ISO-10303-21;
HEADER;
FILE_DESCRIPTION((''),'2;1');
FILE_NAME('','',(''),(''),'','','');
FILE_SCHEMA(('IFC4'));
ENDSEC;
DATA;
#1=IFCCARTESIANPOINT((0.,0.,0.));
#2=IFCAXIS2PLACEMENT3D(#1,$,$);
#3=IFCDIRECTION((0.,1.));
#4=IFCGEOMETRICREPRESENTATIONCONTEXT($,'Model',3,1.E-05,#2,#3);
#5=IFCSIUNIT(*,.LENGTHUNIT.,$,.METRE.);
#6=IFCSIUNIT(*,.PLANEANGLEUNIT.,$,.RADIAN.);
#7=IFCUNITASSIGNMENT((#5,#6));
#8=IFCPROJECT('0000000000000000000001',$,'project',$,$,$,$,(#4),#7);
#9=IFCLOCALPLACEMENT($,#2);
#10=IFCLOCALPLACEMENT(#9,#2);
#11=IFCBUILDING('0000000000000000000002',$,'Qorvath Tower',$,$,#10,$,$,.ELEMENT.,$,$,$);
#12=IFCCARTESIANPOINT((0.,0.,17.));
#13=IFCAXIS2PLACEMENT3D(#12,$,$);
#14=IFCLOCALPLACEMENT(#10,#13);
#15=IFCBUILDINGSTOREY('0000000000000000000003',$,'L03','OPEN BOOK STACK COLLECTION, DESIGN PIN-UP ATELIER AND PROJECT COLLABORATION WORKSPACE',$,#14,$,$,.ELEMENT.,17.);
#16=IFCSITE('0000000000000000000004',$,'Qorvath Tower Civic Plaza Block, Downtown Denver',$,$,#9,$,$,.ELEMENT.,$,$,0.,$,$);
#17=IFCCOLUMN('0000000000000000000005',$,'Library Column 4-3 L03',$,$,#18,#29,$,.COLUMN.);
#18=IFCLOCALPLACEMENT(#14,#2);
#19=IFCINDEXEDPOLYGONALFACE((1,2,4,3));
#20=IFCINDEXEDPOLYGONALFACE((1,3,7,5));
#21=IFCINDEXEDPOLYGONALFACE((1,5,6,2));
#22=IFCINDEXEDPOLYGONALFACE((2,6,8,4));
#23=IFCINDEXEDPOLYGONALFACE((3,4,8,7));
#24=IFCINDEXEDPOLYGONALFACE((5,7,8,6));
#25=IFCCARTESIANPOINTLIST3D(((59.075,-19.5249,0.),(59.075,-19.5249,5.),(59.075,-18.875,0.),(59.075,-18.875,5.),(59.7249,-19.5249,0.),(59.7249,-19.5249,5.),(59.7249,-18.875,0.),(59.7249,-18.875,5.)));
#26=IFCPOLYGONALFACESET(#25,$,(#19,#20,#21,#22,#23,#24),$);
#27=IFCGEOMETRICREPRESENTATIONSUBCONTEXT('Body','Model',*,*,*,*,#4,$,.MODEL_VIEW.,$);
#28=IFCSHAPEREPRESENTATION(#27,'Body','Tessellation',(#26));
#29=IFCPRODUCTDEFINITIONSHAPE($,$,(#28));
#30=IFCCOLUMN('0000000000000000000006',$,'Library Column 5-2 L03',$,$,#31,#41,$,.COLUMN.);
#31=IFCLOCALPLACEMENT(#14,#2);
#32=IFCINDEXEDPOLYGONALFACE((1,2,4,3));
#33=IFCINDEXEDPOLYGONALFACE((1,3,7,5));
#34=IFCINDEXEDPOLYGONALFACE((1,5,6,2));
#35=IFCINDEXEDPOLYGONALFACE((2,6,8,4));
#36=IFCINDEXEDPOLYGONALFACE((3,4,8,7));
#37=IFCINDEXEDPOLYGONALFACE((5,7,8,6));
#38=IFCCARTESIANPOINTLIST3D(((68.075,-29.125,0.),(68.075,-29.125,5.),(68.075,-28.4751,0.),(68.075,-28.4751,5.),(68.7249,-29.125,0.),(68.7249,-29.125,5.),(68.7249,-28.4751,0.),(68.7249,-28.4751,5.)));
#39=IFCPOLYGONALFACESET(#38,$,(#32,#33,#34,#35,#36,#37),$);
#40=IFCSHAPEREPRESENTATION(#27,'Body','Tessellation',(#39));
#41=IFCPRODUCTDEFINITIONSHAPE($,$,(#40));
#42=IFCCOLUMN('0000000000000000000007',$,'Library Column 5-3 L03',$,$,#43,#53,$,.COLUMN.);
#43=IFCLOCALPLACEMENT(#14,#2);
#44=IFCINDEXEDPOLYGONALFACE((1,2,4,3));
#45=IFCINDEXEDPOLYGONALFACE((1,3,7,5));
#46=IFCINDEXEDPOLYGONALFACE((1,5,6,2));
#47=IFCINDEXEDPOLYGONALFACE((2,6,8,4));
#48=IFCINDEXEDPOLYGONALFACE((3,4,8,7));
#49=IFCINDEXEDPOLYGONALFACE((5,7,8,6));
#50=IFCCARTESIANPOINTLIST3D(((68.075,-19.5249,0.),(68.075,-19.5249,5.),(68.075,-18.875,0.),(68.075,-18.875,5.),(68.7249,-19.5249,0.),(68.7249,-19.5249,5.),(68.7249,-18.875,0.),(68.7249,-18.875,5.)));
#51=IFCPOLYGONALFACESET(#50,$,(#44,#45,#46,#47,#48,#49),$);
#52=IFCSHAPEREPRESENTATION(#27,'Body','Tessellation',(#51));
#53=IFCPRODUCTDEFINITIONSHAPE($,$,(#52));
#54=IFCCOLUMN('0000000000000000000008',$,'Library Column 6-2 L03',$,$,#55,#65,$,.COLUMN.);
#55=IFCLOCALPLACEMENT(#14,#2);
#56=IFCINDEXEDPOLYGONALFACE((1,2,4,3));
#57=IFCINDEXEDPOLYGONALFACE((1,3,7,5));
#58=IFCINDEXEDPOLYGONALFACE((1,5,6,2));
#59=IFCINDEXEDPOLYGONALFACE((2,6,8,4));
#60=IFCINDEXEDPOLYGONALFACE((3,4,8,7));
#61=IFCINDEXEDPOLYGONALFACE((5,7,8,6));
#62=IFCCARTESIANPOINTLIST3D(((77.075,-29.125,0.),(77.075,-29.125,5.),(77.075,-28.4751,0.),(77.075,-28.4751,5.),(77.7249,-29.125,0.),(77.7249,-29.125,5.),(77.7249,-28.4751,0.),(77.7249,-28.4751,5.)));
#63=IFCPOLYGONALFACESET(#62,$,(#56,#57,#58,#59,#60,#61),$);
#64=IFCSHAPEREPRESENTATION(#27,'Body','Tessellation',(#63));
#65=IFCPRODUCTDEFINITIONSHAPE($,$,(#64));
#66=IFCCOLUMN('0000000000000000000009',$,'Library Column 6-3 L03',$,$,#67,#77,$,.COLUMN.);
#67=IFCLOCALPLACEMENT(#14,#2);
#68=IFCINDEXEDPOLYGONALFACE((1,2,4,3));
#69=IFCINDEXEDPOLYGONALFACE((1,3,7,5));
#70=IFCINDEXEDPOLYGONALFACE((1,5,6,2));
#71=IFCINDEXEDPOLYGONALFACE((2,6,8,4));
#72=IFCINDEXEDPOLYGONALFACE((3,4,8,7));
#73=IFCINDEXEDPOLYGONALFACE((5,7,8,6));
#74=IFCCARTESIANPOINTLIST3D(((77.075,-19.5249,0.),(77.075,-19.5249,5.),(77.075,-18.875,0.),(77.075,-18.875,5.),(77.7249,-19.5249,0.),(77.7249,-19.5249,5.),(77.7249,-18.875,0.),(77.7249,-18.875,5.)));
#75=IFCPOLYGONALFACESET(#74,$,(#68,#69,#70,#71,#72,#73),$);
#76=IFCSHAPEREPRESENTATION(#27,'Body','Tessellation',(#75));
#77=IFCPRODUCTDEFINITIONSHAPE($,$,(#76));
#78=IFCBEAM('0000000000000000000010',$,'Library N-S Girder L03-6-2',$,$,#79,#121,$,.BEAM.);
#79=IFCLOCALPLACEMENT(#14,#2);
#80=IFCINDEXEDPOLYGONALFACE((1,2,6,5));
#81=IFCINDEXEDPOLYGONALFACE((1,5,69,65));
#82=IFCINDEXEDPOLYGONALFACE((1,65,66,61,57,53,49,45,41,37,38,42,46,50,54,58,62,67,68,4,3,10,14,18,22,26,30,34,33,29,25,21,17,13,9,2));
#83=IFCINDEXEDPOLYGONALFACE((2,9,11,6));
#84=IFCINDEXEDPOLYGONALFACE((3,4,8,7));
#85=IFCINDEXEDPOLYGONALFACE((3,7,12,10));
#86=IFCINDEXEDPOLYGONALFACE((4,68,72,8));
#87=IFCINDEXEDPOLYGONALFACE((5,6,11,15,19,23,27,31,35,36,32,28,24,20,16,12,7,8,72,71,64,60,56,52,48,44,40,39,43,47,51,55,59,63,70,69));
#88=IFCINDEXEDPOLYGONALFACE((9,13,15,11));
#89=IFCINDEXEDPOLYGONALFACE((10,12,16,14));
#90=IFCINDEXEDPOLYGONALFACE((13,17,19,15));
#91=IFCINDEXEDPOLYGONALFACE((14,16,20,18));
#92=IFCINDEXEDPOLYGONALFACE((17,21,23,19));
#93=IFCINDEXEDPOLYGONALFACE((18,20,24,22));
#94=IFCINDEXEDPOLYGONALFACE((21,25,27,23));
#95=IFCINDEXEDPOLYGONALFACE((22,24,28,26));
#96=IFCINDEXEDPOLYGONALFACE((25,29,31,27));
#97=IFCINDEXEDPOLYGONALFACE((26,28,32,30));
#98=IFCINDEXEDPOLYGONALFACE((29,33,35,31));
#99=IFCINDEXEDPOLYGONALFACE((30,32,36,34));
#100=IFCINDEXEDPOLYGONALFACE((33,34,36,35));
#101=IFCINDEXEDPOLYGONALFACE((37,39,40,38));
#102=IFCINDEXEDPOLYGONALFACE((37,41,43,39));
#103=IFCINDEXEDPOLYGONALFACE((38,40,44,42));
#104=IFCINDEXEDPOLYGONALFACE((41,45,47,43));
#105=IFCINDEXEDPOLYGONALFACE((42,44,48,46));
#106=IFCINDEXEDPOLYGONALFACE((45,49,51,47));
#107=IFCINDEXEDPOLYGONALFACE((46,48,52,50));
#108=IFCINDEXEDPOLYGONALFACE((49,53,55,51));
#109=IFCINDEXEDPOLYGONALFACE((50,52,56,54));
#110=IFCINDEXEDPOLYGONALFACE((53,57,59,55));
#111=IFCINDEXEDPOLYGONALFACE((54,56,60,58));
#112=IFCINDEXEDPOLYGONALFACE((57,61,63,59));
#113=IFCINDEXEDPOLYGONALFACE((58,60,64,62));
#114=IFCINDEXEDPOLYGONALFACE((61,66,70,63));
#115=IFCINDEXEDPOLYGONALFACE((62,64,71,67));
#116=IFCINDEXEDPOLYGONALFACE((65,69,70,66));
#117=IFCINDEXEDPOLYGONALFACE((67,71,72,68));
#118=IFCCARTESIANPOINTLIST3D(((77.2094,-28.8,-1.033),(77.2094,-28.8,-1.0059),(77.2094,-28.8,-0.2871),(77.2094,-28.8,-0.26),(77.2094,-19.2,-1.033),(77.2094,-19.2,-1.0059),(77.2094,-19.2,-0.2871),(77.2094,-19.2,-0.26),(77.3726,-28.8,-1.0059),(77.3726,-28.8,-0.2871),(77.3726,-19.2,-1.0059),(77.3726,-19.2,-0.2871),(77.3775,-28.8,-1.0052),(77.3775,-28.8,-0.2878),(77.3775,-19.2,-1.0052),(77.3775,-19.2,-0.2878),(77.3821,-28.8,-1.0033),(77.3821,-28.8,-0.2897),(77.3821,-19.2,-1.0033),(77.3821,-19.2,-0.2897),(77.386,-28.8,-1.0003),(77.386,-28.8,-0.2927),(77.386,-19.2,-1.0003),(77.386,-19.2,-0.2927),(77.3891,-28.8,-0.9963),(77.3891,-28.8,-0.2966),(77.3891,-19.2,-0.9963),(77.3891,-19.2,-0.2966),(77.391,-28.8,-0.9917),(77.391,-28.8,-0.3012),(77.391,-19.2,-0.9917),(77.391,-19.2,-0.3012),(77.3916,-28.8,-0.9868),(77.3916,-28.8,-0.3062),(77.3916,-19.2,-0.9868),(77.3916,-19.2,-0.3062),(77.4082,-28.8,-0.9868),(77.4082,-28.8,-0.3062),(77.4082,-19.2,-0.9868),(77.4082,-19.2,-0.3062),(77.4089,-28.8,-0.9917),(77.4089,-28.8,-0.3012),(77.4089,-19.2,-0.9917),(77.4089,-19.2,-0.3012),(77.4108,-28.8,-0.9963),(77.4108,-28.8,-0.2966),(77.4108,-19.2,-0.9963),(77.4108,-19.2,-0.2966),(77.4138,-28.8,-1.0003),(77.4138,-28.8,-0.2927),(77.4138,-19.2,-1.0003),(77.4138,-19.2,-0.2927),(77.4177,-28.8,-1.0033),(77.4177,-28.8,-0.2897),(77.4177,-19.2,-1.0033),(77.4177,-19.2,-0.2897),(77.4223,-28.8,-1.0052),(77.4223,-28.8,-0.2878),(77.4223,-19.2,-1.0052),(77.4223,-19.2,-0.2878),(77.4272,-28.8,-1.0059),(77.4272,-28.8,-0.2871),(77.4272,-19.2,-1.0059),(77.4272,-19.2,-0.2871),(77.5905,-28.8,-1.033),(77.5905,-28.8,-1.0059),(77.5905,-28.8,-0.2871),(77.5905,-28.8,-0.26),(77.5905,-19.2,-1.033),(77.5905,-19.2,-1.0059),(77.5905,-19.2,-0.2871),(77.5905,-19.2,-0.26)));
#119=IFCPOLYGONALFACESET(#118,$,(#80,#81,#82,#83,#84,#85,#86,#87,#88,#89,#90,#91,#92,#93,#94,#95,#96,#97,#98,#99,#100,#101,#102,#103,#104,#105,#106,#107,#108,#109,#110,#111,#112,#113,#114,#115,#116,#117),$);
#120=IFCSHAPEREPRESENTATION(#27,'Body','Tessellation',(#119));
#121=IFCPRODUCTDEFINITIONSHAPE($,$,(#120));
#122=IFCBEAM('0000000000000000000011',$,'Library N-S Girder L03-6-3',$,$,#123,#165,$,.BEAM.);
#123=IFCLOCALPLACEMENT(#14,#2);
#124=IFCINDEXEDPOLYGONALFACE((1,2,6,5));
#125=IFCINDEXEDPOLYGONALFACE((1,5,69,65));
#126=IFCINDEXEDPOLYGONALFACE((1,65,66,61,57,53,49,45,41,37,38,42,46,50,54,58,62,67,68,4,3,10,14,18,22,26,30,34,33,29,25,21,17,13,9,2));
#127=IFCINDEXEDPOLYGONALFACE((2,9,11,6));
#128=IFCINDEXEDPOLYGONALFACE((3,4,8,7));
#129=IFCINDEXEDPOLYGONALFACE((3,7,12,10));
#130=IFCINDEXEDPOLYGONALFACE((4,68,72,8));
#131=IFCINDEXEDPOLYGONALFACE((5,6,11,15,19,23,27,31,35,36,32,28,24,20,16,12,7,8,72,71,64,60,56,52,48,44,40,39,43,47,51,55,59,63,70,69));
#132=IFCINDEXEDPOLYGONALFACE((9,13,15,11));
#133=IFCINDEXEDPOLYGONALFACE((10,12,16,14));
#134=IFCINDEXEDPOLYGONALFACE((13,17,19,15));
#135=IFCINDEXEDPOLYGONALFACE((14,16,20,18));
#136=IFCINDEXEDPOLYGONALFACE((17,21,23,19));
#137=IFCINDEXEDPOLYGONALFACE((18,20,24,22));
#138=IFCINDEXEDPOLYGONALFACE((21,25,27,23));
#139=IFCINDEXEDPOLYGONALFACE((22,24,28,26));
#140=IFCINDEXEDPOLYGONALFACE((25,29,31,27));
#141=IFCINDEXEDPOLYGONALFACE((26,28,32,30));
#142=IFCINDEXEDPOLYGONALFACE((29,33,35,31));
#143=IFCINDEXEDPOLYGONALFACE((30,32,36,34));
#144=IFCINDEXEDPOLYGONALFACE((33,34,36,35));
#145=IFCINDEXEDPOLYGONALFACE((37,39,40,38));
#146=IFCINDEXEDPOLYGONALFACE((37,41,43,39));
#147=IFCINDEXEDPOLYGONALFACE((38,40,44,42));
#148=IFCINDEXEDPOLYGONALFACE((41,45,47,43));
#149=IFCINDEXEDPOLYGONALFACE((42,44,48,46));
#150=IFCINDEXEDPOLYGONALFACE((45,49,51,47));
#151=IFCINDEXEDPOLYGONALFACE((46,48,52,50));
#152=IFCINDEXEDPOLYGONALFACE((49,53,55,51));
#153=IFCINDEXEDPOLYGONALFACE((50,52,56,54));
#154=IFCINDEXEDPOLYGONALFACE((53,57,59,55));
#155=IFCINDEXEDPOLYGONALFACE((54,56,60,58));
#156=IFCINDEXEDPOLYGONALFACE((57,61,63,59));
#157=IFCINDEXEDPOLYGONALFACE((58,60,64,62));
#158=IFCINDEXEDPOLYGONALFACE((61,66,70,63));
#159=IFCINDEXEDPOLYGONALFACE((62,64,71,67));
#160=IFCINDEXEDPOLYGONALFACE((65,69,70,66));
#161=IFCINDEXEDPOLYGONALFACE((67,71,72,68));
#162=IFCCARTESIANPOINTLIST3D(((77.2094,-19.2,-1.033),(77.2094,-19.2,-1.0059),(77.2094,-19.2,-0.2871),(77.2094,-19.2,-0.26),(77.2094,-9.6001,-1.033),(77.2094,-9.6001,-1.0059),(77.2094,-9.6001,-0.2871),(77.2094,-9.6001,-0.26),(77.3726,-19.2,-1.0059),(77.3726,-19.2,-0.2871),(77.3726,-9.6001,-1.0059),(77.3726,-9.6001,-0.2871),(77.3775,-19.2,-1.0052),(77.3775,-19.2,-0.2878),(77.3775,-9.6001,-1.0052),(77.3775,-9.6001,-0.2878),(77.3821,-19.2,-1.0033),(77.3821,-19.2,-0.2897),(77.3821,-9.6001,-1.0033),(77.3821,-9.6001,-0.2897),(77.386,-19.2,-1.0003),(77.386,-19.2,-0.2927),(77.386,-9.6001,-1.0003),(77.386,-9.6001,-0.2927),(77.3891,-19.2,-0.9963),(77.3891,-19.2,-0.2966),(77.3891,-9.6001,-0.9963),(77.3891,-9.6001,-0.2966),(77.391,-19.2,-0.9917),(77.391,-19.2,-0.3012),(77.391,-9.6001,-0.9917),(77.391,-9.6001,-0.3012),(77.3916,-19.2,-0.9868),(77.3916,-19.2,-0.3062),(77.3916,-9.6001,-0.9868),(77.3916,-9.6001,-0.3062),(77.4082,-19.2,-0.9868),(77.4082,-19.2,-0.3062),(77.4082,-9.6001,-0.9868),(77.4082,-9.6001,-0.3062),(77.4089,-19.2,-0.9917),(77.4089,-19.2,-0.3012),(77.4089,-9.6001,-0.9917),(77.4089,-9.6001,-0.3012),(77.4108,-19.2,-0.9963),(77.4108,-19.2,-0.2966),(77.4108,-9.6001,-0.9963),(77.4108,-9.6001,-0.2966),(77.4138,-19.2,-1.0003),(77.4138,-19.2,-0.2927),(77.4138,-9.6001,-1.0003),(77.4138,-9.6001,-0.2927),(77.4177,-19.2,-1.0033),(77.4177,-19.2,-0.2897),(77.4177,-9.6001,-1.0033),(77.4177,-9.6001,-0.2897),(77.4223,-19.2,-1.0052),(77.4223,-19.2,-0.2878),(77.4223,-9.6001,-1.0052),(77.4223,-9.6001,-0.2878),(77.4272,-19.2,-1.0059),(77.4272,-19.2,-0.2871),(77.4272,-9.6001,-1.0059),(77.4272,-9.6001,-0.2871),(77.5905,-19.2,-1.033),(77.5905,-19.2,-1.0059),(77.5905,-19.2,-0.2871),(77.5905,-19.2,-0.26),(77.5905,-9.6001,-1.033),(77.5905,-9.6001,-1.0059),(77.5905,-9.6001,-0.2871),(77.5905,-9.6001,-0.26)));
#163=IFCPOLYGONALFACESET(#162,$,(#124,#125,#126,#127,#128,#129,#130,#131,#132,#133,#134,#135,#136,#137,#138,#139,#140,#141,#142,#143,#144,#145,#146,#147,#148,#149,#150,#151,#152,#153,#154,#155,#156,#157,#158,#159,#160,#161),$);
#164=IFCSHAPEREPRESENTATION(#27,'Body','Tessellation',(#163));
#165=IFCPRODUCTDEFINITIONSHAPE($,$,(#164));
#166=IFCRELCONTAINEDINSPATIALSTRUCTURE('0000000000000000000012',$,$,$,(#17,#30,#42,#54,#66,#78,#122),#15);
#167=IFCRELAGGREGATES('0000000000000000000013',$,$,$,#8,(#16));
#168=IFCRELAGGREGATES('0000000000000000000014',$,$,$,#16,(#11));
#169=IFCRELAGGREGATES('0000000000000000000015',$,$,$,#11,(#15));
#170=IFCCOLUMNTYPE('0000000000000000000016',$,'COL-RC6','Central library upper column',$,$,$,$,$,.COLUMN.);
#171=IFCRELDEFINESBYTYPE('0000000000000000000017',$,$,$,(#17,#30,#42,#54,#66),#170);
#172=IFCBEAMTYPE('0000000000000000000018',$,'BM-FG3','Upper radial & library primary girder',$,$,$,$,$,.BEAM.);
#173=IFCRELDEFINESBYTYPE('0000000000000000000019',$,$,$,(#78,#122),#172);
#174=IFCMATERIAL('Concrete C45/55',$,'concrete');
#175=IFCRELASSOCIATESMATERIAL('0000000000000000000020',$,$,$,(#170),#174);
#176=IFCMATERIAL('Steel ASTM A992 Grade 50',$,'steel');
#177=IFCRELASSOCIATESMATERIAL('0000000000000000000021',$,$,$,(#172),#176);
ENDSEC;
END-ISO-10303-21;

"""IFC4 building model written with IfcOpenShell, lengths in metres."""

from ifc_helpers import new_model, si_unit, direction, frame, origin, origin_2d, place, context, subcontext, project, spatial, rectangle, i_section, extrude, material, material_profile, profile_set, type_object, element, save


model = new_model("IFC4")

# Units and contexts
model_context = context("Model", 3, precision=1e-05, world=origin(), true_north=direction((0.0, 1.0)))
body_context = subcontext(model_context, "Body", "Model", "MODEL_VIEW")
ifc_project = project(units=[si_unit("LENGTHUNIT", "METRE"), si_unit("PLANEANGLEUNIT", "RADIAN")], contexts=[model_context])

# Site, building, storey
site_placement = place(None, origin())
site = spatial("IfcSite", under=ifc_project, at=site_placement, Name="Qorvath Tower Civic Plaza Block, Downtown Denver", CompositionType="ELEMENT", RefElevation=0.0)
building_placement = place(site_placement, origin())
building = spatial("IfcBuilding", under=site, at=building_placement, Name="Qorvath Tower", CompositionType="ELEMENT")
storey_placement = place(building_placement, frame((0.0, 0.0, 17.0)))
storey = spatial("IfcBuildingStorey", under=building, at=storey_placement, Name="L03", Description="OPEN BOOK STACK COLLECTION, DESIGN PIN-UP ATELIER AND PROJECT COLLABORATION WORKSPACE", CompositionType="ELEMENT", Elevation=17.0)

# Columns
ifc_material_1 = material(Name="Concrete C45/55", Category="concrete")
ifc_material_profile_1 = material_profile(ifc_material_1, rectangle(XDim=0.6499, YDim=0.6499, at=origin_2d()), Name="RC 650x650")
ifc_profile_set_1 = profile_set([ifc_material_profile_1], Name="Concrete C45/55")
column_type = type_object("IfcColumnType", Name="COL-RC6", Description="Central library upper column", PredefinedType="COLUMN", material=ifc_profile_set_1)
for number, where, z_axis, x_axis, name in (
    (1, (59.3999, -19.2, 0.0), (0.0, 0.0, 1.0), (1.0, 0.0, 0.0), "Library Column 4-3 L03"),
    (2, (68.3999, -28.8, 0.0), (0.0, 0.0, 1.0), (1.0, 0.0, 0.0), "Library Column 5-2 L03"),
    (3, (68.3999, -19.2, 0.0), (0.0, 0.0, 1.0), (1.0, 0.0, 0.0), "Library Column 5-3 L03"),
    (4, (77.3999, -28.8, 0.0), (0.0, 0.0, 1.0), (1.0, 0.0, 0.0), "Library Column 6-2 L03"),
    (5, (77.3999, -19.2, 0.0), (0.0, 0.0, 1.0), (1.0, 0.0, 0.0), "Library Column 6-3 L03"),
):
    element("IfcColumn", number, at=place(storey_placement, frame(where, z_axis=z_axis, x_axis=x_axis)), inside=storey, type_object=column_type, Name=name, PredefinedType="COLUMN", context=body_context, shape_type="SweptSolid", body=[
        extrude(rectangle(XDim=0.6499, YDim=0.6499, at=origin_2d()), origin(), (0.0, 0.0, 1.0), 5.0),
    ])

# Beams
ifc_material_2 = material(Name="Steel ASTM A992 Grade 50", Category="steel")
ifc_material_profile_2 = material_profile(ifc_material_2, i_section(OverallWidth=0.3811, OverallDepth=0.7729, WebThickness=0.0166, FlangeThickness=0.0271, FilletRadius=0.019, at=origin_2d()), Name="W30x173")
ifc_profile_set_2 = profile_set([ifc_material_profile_2], Name="Steel ASTM A992 Grade 50")
beam_type_1 = type_object("IfcBeamType", Name="BM-FG3", Description="Upper radial & library primary girder", PredefinedType="BEAM", material=ifc_profile_set_2)
beam_1_placement = place(storey_placement, frame((77.3999, -28.8, -0.6465), z_axis=(0.0, 1.0, 0.0), x_axis=(-1.0, 0.0, 0.0)))
element("IfcBeam", 6, at=beam_1_placement, inside=storey, type_object=beam_type_1, Name="Library N-S Girder L03-6-2", PredefinedType="BEAM", context=body_context, shape_type="SweptSolid", body=[
    extrude(i_section(OverallWidth=0.3811, OverallDepth=0.7729, WebThickness=0.0166, FlangeThickness=0.0271, FilletRadius=0.019, at=origin_2d()), origin(), (0.0, 0.0, 1.0), 9.6001),
])
beam_2_placement = place(storey_placement, frame((77.3999, -19.2, -0.6465), z_axis=(0.0, 1.0, 0.0), x_axis=(-1.0, 0.0, 0.0)))
element("IfcBeam", 7, at=beam_2_placement, inside=storey, type_object=beam_type_1, Name="Library N-S Girder L03-6-3", PredefinedType="BEAM", context=body_context, shape_type="SweptSolid", body=[
    extrude(i_section(OverallWidth=0.3811, OverallDepth=0.7729, WebThickness=0.0166, FlangeThickness=0.0271, FilletRadius=0.019, at=origin_2d()), origin(), (0.0, 0.0, 1.0), 9.5999),
])

save(model, "model.ifc")
